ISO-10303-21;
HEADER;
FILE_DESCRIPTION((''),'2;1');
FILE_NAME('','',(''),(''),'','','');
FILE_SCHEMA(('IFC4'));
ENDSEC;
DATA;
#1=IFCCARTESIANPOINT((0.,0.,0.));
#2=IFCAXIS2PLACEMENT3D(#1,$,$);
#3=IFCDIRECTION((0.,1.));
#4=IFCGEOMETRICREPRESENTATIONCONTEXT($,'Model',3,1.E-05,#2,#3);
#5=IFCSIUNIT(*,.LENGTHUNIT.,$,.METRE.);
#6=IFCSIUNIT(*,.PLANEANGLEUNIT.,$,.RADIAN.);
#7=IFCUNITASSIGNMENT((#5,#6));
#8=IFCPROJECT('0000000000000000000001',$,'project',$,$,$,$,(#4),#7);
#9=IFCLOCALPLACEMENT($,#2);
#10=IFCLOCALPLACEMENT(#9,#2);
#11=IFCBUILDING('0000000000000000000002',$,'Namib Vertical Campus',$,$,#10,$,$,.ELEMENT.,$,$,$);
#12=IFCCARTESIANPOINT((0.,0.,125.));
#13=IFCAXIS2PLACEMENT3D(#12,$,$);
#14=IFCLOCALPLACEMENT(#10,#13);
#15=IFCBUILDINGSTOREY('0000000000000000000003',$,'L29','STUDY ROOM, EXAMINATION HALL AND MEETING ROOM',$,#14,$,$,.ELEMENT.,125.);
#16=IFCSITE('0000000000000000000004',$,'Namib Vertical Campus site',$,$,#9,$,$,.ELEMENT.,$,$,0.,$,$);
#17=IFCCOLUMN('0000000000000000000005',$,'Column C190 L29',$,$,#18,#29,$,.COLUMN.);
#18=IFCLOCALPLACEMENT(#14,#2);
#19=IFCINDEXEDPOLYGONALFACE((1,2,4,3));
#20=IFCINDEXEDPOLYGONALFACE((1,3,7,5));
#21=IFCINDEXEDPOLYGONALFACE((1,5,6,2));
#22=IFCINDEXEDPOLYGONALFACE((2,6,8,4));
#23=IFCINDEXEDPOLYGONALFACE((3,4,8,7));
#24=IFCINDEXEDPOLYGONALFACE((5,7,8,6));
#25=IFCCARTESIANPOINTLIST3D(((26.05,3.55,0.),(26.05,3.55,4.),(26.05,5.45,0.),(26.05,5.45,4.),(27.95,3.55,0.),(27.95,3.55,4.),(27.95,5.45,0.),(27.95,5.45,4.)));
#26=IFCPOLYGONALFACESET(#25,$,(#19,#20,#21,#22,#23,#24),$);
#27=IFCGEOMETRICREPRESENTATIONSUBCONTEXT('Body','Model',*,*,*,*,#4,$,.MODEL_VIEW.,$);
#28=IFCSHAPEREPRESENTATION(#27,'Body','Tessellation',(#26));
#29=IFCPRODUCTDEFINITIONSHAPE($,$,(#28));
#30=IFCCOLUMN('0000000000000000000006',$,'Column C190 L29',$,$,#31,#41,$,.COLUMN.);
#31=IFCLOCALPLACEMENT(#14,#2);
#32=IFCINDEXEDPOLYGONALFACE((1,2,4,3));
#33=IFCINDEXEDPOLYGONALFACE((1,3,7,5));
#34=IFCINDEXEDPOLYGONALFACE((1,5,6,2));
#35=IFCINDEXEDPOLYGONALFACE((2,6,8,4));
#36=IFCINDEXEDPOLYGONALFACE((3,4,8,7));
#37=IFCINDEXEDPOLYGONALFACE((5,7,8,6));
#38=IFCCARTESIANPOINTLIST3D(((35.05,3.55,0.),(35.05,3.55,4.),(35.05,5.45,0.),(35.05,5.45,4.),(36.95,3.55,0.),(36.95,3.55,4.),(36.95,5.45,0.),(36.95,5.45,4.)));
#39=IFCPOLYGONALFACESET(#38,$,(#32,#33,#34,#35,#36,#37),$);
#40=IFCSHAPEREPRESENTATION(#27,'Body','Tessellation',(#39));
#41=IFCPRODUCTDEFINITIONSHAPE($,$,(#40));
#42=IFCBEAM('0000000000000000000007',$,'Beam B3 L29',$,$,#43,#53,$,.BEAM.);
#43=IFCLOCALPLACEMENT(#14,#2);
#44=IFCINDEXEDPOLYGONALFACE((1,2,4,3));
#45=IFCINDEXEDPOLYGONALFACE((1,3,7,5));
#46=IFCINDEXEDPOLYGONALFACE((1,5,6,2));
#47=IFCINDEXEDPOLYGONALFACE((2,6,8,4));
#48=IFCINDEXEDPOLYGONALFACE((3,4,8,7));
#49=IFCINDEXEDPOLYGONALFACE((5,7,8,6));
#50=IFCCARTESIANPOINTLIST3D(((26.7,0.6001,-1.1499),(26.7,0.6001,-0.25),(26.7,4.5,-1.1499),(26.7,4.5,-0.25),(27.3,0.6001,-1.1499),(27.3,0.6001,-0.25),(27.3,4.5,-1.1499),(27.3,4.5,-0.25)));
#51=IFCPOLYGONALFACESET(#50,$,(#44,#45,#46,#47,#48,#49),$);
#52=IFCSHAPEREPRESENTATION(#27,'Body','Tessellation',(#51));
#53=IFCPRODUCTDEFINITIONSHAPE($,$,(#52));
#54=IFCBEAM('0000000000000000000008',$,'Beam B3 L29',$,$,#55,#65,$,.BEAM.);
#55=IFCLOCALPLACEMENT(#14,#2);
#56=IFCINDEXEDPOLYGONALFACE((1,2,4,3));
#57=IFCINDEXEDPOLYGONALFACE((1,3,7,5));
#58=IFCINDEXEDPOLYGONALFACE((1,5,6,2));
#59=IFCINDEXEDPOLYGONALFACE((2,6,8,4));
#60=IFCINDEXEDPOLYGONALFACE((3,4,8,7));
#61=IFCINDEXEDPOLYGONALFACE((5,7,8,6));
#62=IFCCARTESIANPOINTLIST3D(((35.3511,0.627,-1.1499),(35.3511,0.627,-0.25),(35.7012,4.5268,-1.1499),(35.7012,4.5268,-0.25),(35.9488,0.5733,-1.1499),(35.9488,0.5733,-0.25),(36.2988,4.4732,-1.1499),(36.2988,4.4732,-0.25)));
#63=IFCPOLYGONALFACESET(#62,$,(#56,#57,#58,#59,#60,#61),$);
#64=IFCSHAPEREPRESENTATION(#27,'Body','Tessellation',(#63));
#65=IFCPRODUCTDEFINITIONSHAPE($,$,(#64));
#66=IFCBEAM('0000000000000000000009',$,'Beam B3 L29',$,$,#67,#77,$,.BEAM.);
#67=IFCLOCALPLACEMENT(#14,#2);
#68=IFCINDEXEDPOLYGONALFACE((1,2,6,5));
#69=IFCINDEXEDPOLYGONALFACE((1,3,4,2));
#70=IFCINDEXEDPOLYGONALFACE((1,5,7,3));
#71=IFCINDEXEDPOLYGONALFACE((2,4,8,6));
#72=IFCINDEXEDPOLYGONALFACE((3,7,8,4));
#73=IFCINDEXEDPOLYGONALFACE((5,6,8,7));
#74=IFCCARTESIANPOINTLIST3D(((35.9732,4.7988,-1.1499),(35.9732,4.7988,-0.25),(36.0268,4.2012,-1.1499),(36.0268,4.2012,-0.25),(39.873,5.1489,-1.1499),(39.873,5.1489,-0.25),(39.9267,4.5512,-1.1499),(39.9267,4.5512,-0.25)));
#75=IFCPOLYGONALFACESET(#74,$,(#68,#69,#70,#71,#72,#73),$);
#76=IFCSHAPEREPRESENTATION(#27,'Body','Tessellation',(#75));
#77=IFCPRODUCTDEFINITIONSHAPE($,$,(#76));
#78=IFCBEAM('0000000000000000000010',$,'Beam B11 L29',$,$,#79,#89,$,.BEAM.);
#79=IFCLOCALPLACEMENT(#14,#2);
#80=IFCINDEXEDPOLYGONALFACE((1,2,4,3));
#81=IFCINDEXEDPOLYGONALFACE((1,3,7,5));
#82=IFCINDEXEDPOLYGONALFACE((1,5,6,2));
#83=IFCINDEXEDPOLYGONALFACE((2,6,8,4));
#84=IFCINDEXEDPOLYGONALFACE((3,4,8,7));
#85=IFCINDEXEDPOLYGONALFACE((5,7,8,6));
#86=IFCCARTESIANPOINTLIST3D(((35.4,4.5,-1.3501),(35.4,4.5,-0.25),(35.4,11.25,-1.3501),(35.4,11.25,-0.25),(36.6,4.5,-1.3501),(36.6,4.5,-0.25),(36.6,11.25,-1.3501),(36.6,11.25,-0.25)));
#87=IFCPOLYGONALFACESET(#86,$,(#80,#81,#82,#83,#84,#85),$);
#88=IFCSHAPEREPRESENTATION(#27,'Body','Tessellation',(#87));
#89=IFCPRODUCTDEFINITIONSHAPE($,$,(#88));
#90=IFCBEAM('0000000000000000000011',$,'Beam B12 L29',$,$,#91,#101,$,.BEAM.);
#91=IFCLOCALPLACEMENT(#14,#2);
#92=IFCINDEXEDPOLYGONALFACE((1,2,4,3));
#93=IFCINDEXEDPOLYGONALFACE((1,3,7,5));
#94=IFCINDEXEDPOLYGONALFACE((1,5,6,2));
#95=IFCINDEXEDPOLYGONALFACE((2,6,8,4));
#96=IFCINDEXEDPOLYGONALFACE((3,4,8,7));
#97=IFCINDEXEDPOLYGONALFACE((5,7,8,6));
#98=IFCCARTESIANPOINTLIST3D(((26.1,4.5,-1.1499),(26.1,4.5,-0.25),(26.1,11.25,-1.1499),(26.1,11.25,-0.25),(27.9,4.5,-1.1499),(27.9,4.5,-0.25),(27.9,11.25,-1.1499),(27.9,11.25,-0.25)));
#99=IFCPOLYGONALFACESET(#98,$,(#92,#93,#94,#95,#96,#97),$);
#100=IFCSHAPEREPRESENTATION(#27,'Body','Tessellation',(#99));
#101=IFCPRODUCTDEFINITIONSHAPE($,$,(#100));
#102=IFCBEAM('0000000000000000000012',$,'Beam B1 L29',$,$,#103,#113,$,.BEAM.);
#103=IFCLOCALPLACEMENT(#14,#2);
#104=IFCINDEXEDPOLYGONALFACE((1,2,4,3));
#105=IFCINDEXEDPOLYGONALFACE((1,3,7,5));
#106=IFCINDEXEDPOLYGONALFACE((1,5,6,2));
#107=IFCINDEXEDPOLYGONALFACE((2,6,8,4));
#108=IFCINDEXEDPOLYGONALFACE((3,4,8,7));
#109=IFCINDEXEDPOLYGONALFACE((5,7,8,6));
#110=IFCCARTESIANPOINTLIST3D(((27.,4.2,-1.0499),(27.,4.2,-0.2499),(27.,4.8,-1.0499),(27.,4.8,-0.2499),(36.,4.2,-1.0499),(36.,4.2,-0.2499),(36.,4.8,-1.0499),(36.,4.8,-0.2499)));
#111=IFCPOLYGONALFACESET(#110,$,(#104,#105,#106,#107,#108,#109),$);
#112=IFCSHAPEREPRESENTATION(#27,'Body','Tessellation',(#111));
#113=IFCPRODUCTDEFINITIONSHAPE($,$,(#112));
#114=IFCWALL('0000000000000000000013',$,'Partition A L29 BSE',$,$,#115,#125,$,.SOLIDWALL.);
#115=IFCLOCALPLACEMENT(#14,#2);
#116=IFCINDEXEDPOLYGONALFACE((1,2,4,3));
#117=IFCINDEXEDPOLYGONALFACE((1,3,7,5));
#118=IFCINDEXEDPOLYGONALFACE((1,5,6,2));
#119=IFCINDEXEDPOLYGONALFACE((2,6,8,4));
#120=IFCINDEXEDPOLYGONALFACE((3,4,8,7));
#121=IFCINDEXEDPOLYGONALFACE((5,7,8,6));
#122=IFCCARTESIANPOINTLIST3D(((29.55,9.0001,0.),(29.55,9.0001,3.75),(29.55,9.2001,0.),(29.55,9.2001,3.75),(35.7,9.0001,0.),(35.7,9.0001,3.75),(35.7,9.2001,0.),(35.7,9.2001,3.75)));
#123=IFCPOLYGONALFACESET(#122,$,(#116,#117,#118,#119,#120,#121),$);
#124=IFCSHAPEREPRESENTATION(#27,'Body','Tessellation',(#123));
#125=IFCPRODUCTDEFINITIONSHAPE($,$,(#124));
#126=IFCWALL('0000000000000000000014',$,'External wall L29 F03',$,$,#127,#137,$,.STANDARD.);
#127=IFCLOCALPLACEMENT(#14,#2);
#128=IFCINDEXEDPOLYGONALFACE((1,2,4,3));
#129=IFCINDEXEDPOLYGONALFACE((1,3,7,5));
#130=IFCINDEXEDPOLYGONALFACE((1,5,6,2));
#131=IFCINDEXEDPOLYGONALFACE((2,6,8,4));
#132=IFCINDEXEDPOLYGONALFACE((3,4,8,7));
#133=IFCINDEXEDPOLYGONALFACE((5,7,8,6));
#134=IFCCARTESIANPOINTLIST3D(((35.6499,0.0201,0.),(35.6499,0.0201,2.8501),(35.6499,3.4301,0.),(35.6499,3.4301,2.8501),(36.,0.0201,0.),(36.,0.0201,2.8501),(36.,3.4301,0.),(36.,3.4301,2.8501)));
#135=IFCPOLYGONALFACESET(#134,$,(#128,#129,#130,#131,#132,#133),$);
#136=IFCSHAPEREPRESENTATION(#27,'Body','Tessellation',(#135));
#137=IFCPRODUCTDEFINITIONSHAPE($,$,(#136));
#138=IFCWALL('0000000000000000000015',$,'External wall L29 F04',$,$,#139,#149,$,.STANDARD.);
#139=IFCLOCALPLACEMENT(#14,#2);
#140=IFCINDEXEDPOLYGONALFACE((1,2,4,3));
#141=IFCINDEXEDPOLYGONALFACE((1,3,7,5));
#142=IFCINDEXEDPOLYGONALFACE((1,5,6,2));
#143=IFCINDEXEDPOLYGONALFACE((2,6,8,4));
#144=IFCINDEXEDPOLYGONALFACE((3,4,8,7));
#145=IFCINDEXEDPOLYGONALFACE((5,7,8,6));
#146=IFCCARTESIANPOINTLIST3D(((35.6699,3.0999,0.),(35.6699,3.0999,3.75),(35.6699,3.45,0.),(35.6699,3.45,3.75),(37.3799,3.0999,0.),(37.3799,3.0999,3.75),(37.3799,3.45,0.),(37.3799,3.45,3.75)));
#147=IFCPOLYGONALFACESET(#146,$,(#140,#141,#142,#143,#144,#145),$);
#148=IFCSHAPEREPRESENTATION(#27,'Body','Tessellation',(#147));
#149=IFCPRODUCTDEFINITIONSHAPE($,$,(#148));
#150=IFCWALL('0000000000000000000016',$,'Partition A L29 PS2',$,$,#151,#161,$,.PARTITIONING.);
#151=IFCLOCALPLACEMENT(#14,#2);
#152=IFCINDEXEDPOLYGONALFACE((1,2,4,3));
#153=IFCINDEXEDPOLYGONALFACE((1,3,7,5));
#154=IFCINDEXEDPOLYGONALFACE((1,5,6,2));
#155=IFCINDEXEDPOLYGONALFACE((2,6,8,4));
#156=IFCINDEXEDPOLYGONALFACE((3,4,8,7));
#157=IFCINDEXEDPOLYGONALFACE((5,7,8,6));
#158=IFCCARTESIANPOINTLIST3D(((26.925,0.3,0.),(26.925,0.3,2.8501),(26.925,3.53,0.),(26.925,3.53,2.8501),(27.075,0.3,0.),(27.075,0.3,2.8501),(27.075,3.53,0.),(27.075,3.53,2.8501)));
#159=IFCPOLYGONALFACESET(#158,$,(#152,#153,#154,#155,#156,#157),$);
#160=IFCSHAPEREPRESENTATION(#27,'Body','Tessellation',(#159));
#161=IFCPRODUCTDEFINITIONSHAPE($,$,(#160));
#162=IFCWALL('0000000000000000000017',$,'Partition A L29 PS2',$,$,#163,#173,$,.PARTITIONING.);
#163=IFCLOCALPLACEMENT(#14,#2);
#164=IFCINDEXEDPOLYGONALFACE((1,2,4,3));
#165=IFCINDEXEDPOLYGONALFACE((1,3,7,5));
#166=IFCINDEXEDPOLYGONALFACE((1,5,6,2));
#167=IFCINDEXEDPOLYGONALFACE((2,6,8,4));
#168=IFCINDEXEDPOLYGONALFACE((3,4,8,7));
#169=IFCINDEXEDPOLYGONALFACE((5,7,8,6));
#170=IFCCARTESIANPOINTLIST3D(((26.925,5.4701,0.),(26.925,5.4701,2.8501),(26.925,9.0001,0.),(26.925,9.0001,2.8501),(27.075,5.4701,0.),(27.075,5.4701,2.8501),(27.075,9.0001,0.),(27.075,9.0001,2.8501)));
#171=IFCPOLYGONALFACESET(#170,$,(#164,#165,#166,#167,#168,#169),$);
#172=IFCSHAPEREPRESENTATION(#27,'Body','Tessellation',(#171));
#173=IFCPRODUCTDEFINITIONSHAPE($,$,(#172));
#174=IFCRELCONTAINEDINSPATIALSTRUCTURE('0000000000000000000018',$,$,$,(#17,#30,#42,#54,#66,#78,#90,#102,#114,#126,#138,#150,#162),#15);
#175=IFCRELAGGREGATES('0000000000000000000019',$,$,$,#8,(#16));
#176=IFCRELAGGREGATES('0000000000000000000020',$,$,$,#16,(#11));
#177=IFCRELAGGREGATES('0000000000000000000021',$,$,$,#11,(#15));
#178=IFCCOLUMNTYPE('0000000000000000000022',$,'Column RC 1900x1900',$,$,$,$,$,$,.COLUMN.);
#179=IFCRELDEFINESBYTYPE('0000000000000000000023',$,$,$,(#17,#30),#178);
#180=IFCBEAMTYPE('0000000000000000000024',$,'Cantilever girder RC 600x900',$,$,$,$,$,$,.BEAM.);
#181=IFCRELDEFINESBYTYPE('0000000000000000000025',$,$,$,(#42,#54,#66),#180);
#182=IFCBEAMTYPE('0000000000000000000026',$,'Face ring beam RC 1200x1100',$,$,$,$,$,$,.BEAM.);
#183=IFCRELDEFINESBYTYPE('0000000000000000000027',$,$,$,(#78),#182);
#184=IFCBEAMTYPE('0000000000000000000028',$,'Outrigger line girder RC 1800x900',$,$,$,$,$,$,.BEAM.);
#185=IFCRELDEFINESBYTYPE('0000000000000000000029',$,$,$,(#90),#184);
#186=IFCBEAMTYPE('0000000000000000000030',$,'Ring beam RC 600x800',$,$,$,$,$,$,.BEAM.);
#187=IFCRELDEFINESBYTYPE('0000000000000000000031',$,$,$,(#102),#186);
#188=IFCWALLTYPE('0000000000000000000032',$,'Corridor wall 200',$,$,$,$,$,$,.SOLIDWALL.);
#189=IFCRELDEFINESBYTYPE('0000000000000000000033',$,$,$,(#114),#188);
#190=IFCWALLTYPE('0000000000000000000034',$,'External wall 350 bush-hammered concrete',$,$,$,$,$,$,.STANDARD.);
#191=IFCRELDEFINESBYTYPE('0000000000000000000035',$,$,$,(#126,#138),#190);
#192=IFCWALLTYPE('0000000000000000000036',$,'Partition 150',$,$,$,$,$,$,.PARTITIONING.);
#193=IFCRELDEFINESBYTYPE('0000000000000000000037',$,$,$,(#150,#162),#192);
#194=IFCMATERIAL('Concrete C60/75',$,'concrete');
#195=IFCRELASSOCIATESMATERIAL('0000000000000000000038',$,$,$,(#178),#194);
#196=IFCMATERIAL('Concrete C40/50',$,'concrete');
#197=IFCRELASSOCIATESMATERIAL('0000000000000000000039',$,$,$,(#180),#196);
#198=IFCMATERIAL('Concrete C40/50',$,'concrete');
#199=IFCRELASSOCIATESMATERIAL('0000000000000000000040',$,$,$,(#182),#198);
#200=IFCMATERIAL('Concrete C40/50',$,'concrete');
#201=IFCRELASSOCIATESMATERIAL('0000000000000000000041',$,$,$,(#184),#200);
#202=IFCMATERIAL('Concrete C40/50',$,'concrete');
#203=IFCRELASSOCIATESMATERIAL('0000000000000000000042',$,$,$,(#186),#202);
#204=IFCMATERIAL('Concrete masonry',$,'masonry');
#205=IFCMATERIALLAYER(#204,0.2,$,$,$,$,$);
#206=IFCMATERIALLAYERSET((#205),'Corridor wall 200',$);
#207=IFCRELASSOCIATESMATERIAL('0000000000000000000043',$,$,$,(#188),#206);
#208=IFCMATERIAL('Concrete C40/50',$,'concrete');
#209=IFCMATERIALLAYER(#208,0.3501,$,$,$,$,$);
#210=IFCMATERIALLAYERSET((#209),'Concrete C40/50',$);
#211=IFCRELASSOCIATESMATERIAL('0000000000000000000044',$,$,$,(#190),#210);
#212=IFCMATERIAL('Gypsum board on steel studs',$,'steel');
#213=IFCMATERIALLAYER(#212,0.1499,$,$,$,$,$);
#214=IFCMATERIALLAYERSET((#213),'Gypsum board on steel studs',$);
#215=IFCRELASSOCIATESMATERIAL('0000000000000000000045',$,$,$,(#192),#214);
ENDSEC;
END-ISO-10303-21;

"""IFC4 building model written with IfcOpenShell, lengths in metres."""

from ifc_helpers import new_model, si_unit, direction, frame, frame_2d, origin, origin_2d, place, context, subcontext, project, spatial, rectangle, extrude, material, layer, layer_set, material_profile, profile_set, type_object, element, save


model = new_model("IFC4")

# Units and contexts
model_context = context("Model", 3, precision=1e-05, world=origin(), true_north=direction((0.0, 1.0)))
body_context = subcontext(model_context, "Body", "Model", "MODEL_VIEW")
ifc_project = project(units=[si_unit("LENGTHUNIT", "METRE"), si_unit("PLANEANGLEUNIT", "RADIAN")], contexts=[model_context])

# Site, building, storey
site_placement = place(None, origin())
site = spatial("IfcSite", under=ifc_project, at=site_placement, Name="Namib Vertical Campus site", CompositionType="ELEMENT", RefElevation=0.0)
building_placement = place(site_placement, origin())
building = spatial("IfcBuilding", under=site, at=building_placement, Name="Namib Vertical Campus", CompositionType="ELEMENT")
storey_placement = place(building_placement, frame((0.0, 0.0, 125.0)))
storey = spatial("IfcBuildingStorey", under=building, at=storey_placement, Name="L29", Description="STUDY ROOM, EXAMINATION HALL AND MEETING ROOM", CompositionType="ELEMENT", Elevation=125.0)

# Columns
ifc_material_1 = material(Name="Concrete C60/75", Category="concrete")
ifc_material_profile_1 = material_profile(ifc_material_1, rectangle(XDim=1.8999, YDim=1.8999, at=origin_2d()))
ifc_profile_set_1 = profile_set([ifc_material_profile_1], Name="Concrete C60/75")
column_type = type_object("IfcColumnType", Name="Column RC 1900x1900", PredefinedType="COLUMN", material=ifc_profile_set_1)
for number, where, z_axis, x_axis, name in (
    (1, (27.0, 4.5, 0.0), (0.0, 0.0, 1.0), (1.0, 0.0, 0.0), "Column C190 L29"),
    (2, (36.0, 4.5, 0.0), (0.0, 0.0, 1.0), (1.0, 0.0, 0.0), "Column C190 L29"),
):
    element("IfcColumn", number, at=place(storey_placement, frame(where, z_axis=z_axis, x_axis=x_axis)), inside=storey, type_object=column_type, Name=name, PredefinedType="COLUMN", context=body_context, shape_type="SweptSolid", body=[
        extrude(rectangle(XDim=1.8999, YDim=1.8999, at=origin_2d()), origin(), (0.0, 0.0, 1.0), 4.0),
    ])

# Beams
ifc_material_2 = material(Name="Concrete C40/50", Category="concrete")
ifc_material_profile_2 = material_profile(ifc_material_2, rectangle(XDim=0.6001, YDim=0.8999, at=origin_2d()))
ifc_profile_set_2 = profile_set([ifc_material_profile_2], Name="Concrete C40/50")
beam_type_1 = type_object("IfcBeamType", Name="Cantilever girder RC 600x900", PredefinedType="BEAM", material=ifc_profile_set_2)
beam_1_placement = place(storey_placement, frame((27.0, 4.5, -0.7), z_axis=(0.0, -1.0, 0.0), x_axis=(1.0, 0.0, 0.0)))
element("IfcBeam", 3, at=beam_1_placement, inside=storey, type_object=beam_type_1, Name="Beam B3 L29", PredefinedType="BEAM", context=body_context, shape_type="SweptSolid", body=[
    extrude(rectangle(XDim=0.6001, YDim=0.8999, at=origin_2d()), origin(), (0.0, 0.0, 1.0), 3.8999),
])
for number, where, z_axis, x_axis, name in (
    (4, (36.0, 4.5, -0.7), (-0.089411, -0.995995, 0.0), (0.995995, -0.089411, 0.0), "Beam B3 L29"),
    (5, (36.0, 4.5, -0.7), (0.995995, 0.089411, 0.0), (-0.089411, 0.995995, 0.0), "Beam B3 L29"),
):
    element("IfcBeam", number, at=place(storey_placement, frame(where, z_axis=z_axis, x_axis=x_axis)), inside=storey, type_object=beam_type_1, Name=name, PredefinedType="BEAM", context=body_context, shape_type="SweptSolid", body=[
        extrude(rectangle(XDim=0.6001, YDim=0.8999, at=origin_2d()), origin(), (0.0, 0.0, 1.0), 3.9155),
    ])
ifc_material_3 = material(Name="Concrete C40/50", Category="concrete")
ifc_material_profile_3 = material_profile(ifc_material_3, rectangle(XDim=1.2, YDim=1.1001, at=origin_2d()))
ifc_profile_set_3 = profile_set([ifc_material_profile_3], Name="Concrete C40/50")
beam_type_2 = type_object("IfcBeamType", Name="Face ring beam RC 1200x1100", PredefinedType="BEAM", material=ifc_profile_set_3)
beam_2_placement = place(storey_placement, frame((36.0, 4.5, -0.8), z_axis=(0.0, 1.0, 0.0), x_axis=(-1.0, 0.0, 0.0)))
element("IfcBeam", 6, at=beam_2_placement, inside=storey, type_object=beam_type_2, Name="Beam B11 L29", PredefinedType="BEAM", context=body_context, shape_type="SweptSolid", body=[
    extrude(rectangle(XDim=1.2, YDim=1.1001, at=origin_2d()), origin(), (0.0, 0.0, 1.0), 6.75),
])
ifc_material_4 = material(Name="Concrete C40/50", Category="concrete")
ifc_material_profile_4 = material_profile(ifc_material_4, rectangle(XDim=1.8, YDim=0.8999, at=origin_2d()))
ifc_profile_set_4 = profile_set([ifc_material_profile_4], Name="Concrete C40/50")
beam_type_3 = type_object("IfcBeamType", Name="Outrigger line girder RC 1800x900", PredefinedType="BEAM", material=ifc_profile_set_4)
beam_3_placement = place(storey_placement, frame((27.0, 4.5, -0.7), z_axis=(0.0, 1.0, 0.0), x_axis=(-1.0, 0.0, 0.0)))
element("IfcBeam", 7, at=beam_3_placement, inside=storey, type_object=beam_type_3, Name="Beam B12 L29", PredefinedType="BEAM", context=body_context, shape_type="SweptSolid", body=[
    extrude(rectangle(XDim=1.8, YDim=0.8999, at=origin_2d()), origin(), (0.0, 0.0, 1.0), 6.75),
])
ifc_material_5 = material(Name="Concrete C40/50", Category="concrete")
ifc_material_profile_5 = material_profile(ifc_material_5, rectangle(XDim=0.6001, YDim=0.8, at=origin_2d()))
ifc_profile_set_5 = profile_set([ifc_material_profile_5], Name="Concrete C40/50")
beam_type_4 = type_object("IfcBeamType", Name="Ring beam RC 600x800", PredefinedType="BEAM", material=ifc_profile_set_5)
beam_4_placement = place(storey_placement, frame((27.0, 4.5, -0.6499), z_axis=(1.0, 0.0, 0.0), x_axis=(0.0, 1.0, 0.0)))
element("IfcBeam", 8, at=beam_4_placement, inside=storey, type_object=beam_type_4, Name="Beam B1 L29", PredefinedType="BEAM", context=body_context, shape_type="SweptSolid", body=[
    extrude(rectangle(XDim=0.6001, YDim=0.8, at=origin_2d()), origin(), (0.0, 0.0, 1.0), 9.0),
])

# Walls
ifc_material_6 = material(Name="Concrete masonry", Category="masonry")
ifc_layer_1 = layer(ifc_material_6, 0.2)
ifc_layer_set_1 = layer_set([ifc_layer_1], Name="Corridor wall 200")
wall_type_1 = type_object("IfcWallType", Name="Corridor wall 200", PredefinedType="SOLIDWALL", material=ifc_layer_set_1)
wall_1_placement = place(storey_placement, frame((29.55, 9.1001, 0.0), z_axis=(0.0, 0.0, 1.0), x_axis=(1.0, 0.0, 0.0)))
element("IfcWall", 9, at=wall_1_placement, inside=storey, type_object=wall_type_1, Name="Partition A L29 BSE", PredefinedType="SOLIDWALL", context=body_context, shape_type="SweptSolid", body=[
    extrude(rectangle(XDim=6.1499, YDim=0.2, at=frame_2d((3.075, 0.0))), origin(), (0.0, 0.0, 1.0), 3.75),
])
ifc_material_7 = material(Name="Concrete C40/50", Category="concrete")
ifc_layer_2 = layer(ifc_material_7, 0.3501)
ifc_layer_set_2 = layer_set([ifc_layer_2], Name="Concrete C40/50")
wall_type_2 = type_object("IfcWallType", Name="External wall 350 bush-hammered concrete", PredefinedType="STANDARD", material=ifc_layer_set_2)
wall_2_placement = place(storey_placement, frame((35.825, 0.02, 0.0), z_axis=(0.0, 0.0, 1.0), x_axis=(0.0, 1.0, 0.0)))
element("IfcWall", 10, at=wall_2_placement, inside=storey, type_object=wall_type_2, Name="External wall L29 F03", PredefinedType="STANDARD", context=body_context, shape_type="SweptSolid", body=[
    extrude(rectangle(XDim=3.4099, YDim=0.3501, at=frame_2d((1.7051, 0.0))), origin(), (0.0, 0.0, 1.0), 2.8501),
])
wall_3_placement = place(storey_placement, frame((35.6699, 3.2749, 0.0), z_axis=(0.0, 0.0, 1.0), x_axis=(1.0, 0.0, 0.0)))
element("IfcWall", 11, at=wall_3_placement, inside=storey, type_object=wall_type_2, Name="External wall L29 F04", PredefinedType="STANDARD", context=body_context, shape_type="SweptSolid", body=[
    extrude(rectangle(XDim=1.71, YDim=0.3501, at=frame_2d((0.855, 0.0))), origin(), (0.0, 0.0, 1.0), 3.75),
])
ifc_material_8 = material(Name="Gypsum board on steel studs", Category="steel")
ifc_layer_3 = layer(ifc_material_8, 0.1499)
ifc_layer_set_3 = layer_set([ifc_layer_3], Name="Gypsum board on steel studs")
wall_type_3 = type_object("IfcWallType", Name="Partition 150", PredefinedType="PARTITIONING", material=ifc_layer_set_3)
wall_4_placement = place(storey_placement, frame((27.0, 0.3, 0.0), z_axis=(0.0, 0.0, 1.0), x_axis=(0.0, 1.0, 0.0)))
element("IfcWall", 12, at=wall_4_placement, inside=storey, type_object=wall_type_3, Name="Partition A L29 PS2", PredefinedType="PARTITIONING", context=body_context, shape_type="SweptSolid", body=[
    extrude(rectangle(XDim=3.23, YDim=0.1499, at=frame_2d((1.615, 0.0))), origin(), (0.0, 0.0, 1.0), 2.8501),
])
wall_5_placement = place(storey_placement, frame((27.0, 5.47, 0.0), z_axis=(0.0, 0.0, 1.0), x_axis=(0.0, 1.0, 0.0)))
element("IfcWall", 13, at=wall_5_placement, inside=storey, type_object=wall_type_3, Name="Partition A L29 PS2", PredefinedType="PARTITIONING", context=body_context, shape_type="SweptSolid", body=[
    extrude(rectangle(XDim=3.53, YDim=0.1499, at=frame_2d((1.7651, 0.0))), origin(), (0.0, 0.0, 1.0), 2.8501),
])

save(model, "model.ifc")
